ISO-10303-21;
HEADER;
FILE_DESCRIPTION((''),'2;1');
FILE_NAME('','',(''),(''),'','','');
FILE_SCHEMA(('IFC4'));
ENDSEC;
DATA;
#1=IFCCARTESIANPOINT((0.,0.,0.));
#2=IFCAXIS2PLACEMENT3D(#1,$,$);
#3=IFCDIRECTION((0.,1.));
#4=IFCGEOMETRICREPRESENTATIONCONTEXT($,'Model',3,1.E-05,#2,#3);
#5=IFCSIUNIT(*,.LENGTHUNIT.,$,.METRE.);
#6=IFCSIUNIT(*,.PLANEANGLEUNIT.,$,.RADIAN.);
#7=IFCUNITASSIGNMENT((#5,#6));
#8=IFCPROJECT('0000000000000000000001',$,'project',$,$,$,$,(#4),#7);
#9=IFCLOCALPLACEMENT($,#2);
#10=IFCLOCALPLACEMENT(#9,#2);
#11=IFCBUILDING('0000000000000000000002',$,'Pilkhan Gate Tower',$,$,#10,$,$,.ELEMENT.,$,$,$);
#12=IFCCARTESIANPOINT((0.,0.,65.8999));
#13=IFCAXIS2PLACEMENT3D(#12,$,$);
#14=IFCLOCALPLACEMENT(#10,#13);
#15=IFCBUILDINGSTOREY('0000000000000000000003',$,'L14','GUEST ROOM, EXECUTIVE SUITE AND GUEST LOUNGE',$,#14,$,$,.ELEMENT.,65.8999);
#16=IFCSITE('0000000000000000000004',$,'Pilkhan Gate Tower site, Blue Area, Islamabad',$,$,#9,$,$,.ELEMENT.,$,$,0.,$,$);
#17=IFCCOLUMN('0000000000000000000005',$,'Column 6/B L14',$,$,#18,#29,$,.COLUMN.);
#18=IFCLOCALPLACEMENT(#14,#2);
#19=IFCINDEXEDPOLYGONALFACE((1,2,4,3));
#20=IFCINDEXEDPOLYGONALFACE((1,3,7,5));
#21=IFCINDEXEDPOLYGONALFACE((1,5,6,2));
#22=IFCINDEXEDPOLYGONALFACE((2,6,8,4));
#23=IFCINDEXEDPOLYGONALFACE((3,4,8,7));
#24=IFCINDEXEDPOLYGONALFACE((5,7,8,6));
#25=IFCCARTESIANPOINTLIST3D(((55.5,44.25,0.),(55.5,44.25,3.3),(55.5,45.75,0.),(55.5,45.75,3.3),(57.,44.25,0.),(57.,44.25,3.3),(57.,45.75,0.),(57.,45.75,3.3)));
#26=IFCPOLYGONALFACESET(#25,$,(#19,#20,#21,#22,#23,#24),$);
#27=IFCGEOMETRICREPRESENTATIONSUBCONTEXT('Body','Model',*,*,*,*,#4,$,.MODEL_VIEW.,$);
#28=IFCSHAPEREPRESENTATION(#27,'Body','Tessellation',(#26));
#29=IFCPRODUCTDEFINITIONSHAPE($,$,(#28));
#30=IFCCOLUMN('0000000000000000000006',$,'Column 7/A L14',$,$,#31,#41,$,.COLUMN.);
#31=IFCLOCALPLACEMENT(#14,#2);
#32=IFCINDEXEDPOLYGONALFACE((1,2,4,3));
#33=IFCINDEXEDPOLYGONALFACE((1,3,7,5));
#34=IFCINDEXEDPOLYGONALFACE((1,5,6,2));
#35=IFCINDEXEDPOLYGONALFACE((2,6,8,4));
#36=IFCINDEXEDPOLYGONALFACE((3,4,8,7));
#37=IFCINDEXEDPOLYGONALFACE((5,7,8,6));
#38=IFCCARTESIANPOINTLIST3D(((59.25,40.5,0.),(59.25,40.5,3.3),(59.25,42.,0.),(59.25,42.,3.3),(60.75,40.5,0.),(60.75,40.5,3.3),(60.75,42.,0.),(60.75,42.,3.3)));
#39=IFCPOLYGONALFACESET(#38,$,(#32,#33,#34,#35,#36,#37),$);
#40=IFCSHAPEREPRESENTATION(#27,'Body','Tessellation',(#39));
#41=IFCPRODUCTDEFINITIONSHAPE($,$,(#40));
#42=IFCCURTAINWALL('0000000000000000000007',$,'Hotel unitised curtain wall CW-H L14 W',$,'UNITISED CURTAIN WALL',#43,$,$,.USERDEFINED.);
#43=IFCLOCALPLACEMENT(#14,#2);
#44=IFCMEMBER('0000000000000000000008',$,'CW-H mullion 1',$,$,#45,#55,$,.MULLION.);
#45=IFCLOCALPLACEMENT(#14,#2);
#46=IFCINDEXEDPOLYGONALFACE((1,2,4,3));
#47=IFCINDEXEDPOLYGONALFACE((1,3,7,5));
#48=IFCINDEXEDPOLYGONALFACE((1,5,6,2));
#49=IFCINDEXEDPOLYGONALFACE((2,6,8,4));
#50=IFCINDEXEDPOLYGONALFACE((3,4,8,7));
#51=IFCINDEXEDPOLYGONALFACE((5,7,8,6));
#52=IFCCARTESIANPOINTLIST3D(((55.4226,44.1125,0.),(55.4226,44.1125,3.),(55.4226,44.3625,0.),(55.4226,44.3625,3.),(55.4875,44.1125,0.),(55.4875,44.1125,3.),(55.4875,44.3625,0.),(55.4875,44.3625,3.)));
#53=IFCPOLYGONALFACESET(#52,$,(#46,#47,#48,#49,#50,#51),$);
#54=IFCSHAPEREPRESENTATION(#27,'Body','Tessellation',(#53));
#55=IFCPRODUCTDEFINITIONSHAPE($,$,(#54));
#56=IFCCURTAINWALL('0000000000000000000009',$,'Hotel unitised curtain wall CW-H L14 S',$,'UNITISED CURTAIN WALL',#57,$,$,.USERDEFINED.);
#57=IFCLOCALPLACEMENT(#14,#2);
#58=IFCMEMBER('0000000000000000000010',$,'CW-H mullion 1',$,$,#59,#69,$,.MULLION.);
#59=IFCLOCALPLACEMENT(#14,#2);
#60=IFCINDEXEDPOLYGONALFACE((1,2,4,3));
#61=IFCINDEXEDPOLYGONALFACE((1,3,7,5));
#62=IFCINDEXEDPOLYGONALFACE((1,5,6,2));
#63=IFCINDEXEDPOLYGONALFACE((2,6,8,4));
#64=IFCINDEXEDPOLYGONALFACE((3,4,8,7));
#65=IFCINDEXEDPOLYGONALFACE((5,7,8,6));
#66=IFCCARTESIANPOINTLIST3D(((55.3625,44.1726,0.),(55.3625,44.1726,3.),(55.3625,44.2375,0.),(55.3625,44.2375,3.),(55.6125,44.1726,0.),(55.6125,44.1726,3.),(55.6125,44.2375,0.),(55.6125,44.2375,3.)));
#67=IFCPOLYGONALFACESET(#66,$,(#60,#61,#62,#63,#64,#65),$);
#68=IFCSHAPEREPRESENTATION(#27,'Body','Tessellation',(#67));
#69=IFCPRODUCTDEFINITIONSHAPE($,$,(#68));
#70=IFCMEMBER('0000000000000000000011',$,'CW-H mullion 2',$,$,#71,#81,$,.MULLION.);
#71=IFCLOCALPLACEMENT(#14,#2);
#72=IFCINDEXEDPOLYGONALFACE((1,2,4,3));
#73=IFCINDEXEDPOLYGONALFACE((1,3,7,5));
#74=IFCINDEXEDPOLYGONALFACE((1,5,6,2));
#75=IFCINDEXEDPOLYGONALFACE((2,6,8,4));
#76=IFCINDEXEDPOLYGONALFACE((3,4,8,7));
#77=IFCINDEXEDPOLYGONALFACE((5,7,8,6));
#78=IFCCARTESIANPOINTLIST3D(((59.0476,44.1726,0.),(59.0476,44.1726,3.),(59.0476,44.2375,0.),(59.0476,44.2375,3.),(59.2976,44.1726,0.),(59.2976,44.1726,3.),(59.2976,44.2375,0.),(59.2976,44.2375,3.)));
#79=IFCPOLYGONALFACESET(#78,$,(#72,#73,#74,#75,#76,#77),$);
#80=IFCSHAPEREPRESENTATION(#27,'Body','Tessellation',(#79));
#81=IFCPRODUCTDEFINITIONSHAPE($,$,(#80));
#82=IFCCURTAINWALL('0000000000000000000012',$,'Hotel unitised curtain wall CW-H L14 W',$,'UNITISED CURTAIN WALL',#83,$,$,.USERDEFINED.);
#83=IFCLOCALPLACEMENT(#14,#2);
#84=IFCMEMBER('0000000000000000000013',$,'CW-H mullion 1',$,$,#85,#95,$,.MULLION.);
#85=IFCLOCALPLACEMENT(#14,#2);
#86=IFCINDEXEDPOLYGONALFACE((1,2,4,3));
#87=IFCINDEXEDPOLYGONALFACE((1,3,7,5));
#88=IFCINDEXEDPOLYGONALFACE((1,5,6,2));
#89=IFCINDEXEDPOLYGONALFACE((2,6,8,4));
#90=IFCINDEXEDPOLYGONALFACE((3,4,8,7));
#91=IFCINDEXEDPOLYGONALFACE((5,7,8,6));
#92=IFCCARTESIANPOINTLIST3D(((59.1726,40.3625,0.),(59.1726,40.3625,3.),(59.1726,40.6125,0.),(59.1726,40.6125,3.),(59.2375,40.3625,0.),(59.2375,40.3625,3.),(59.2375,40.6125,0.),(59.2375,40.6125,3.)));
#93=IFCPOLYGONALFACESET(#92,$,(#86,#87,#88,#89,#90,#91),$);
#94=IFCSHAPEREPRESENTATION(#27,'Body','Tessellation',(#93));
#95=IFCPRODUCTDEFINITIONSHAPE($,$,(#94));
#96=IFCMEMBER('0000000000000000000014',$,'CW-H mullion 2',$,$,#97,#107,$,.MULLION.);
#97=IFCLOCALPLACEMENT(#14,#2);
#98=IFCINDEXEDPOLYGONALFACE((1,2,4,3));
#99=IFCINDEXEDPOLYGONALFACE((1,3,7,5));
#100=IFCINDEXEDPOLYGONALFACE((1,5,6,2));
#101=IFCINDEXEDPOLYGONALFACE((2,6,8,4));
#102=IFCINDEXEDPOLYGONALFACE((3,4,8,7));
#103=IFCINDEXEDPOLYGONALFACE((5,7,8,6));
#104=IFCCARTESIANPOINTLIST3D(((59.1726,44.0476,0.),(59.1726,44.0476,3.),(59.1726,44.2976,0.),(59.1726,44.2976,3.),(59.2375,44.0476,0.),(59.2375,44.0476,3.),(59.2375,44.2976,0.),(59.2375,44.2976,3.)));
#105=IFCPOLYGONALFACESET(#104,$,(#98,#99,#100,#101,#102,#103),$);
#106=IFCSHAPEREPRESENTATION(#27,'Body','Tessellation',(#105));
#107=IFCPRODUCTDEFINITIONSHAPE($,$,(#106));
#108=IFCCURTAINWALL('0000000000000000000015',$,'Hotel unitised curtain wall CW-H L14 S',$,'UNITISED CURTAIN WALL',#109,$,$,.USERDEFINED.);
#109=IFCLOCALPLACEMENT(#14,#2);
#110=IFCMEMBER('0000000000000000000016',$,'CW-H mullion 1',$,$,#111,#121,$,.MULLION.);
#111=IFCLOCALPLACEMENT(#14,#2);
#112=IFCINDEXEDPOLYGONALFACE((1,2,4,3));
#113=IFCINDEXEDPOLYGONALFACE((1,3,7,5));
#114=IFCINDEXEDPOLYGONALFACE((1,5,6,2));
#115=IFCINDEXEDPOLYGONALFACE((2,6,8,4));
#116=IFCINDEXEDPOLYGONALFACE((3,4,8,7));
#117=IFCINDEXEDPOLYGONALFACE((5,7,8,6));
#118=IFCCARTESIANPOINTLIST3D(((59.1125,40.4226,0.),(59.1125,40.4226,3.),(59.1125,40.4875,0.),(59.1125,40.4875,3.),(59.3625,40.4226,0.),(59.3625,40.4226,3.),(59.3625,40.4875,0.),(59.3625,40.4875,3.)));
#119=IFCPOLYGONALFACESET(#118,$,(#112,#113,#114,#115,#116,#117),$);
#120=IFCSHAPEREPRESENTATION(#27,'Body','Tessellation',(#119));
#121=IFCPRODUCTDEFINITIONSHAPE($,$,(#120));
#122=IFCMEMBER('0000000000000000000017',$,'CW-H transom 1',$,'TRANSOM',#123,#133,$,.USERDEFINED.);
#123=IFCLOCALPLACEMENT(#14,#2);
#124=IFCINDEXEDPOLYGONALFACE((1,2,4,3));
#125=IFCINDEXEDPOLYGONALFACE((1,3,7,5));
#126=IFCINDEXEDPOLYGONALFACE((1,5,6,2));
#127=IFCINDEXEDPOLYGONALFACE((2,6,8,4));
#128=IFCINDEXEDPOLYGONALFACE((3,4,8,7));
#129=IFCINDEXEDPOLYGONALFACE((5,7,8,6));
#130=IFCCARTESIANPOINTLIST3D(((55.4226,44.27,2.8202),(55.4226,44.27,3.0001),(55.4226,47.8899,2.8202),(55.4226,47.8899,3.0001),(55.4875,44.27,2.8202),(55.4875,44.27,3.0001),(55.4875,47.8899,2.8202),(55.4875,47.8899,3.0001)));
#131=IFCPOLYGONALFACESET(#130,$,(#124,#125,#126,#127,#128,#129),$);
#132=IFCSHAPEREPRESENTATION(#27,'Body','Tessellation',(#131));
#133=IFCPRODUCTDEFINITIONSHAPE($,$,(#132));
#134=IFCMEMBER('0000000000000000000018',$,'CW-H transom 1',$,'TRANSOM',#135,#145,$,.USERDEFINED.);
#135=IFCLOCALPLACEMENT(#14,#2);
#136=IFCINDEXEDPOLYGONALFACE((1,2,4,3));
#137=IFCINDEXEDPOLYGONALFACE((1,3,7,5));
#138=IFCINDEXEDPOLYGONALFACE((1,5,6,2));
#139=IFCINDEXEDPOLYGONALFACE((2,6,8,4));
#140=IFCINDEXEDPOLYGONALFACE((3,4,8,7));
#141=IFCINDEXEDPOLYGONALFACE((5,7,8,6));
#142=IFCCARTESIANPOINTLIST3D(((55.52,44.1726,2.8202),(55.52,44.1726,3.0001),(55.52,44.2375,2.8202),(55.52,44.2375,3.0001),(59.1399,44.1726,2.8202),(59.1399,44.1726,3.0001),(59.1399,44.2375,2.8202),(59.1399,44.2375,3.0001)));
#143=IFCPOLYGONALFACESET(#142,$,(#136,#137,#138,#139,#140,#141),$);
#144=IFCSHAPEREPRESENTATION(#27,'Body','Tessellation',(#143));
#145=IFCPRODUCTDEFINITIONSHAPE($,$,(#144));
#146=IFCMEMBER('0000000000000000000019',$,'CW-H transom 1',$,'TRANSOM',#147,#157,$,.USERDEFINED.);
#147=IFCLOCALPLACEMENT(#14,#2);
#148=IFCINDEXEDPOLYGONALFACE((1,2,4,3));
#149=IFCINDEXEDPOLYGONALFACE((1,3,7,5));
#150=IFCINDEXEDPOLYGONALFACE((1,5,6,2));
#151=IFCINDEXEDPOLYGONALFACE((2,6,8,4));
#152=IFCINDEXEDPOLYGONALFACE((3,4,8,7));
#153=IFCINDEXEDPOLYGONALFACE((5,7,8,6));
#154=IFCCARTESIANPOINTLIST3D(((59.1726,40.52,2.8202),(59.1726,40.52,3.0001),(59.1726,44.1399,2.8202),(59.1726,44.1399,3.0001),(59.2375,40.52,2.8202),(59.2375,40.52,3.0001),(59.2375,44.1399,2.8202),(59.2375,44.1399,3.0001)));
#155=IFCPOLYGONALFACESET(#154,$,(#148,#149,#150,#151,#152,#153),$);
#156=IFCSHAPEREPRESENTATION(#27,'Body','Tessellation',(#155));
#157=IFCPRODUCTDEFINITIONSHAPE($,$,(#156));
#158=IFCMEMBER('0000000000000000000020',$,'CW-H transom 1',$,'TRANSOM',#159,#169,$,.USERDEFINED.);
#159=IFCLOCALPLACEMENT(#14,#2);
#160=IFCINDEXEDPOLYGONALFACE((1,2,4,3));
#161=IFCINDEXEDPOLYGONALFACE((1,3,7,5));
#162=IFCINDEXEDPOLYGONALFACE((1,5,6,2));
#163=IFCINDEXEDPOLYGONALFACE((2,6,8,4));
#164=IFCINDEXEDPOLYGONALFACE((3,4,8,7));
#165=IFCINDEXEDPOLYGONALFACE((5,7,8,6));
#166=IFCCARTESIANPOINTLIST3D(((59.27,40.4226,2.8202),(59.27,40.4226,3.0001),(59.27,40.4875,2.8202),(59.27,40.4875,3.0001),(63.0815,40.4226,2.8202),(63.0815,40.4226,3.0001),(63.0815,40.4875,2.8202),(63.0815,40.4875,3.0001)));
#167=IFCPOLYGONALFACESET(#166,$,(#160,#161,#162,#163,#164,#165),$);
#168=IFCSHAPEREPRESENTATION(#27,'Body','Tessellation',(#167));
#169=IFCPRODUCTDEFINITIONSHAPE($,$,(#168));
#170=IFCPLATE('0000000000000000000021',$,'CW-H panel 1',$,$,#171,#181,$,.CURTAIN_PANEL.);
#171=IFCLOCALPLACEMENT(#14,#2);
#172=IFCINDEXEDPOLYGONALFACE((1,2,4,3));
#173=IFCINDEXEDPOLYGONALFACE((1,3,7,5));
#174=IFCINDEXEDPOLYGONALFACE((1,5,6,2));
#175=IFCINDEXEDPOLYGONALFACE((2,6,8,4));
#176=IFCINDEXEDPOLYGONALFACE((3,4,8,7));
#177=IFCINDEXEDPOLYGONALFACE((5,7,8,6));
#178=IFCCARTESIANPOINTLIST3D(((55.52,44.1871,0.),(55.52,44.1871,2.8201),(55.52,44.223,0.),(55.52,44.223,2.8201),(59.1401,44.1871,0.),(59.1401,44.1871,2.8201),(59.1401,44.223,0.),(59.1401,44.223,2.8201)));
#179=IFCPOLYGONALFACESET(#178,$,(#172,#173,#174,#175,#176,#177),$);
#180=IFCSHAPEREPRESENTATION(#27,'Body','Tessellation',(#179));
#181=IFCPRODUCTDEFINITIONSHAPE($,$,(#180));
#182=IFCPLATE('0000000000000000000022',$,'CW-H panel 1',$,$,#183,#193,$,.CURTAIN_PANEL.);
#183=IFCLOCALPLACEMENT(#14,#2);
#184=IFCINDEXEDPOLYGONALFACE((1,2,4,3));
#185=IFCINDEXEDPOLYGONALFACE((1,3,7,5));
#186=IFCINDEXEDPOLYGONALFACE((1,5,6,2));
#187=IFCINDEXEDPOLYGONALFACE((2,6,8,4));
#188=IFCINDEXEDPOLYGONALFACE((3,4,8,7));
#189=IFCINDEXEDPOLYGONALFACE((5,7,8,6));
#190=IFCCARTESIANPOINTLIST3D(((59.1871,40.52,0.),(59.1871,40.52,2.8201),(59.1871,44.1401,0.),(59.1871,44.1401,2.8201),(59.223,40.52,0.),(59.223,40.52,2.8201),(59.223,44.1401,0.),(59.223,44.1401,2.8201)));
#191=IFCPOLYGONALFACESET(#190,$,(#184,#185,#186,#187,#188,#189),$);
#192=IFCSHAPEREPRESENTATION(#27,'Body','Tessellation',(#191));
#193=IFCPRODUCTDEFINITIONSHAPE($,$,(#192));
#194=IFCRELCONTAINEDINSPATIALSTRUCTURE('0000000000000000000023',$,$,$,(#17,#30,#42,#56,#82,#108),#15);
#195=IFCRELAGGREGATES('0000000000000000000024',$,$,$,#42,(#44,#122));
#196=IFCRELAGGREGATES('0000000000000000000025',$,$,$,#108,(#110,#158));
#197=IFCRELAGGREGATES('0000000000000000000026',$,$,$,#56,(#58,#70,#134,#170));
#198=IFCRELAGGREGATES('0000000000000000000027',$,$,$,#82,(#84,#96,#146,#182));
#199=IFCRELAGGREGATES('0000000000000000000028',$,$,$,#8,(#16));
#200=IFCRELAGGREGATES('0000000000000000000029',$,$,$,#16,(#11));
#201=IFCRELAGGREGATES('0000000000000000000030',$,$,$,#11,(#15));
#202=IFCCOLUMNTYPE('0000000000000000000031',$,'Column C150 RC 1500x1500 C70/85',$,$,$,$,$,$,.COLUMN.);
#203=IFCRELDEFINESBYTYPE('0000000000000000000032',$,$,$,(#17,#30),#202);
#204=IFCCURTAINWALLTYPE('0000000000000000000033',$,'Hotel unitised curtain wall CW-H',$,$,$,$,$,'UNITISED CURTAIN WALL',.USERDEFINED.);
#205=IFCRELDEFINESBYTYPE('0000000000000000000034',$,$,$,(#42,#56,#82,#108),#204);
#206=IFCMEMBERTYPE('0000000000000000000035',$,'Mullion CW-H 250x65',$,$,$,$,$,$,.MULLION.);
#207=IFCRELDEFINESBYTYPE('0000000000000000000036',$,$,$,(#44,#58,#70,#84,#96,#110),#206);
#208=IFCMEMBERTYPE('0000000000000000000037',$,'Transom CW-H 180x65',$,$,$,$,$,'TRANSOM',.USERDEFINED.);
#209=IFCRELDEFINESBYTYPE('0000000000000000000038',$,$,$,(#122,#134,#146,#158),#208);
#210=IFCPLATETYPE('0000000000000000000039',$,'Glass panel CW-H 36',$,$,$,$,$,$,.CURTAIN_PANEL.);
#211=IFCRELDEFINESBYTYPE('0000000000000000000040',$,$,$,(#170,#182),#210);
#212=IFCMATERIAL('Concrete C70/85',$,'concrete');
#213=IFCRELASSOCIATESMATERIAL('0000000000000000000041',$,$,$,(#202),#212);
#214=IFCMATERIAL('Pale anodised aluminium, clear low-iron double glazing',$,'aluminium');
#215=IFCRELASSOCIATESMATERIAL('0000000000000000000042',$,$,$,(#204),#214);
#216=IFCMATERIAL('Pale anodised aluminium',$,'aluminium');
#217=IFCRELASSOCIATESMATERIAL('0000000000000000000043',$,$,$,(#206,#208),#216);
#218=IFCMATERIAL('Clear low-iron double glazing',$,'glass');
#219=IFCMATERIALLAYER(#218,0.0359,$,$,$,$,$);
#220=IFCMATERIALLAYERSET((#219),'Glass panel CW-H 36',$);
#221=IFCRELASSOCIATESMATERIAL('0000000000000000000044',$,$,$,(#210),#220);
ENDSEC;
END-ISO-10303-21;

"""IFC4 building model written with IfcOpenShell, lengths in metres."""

from ifc_helpers import new_model, si_unit, direction, frame, origin, origin_2d, place, context, subcontext, project, spatial, rectangle, extrude, material, layer, layer_set, material_profile, profile_set, type_object, element, aggregate, save


model = new_model("IFC4")

# Units and contexts
model_context = context("Model", 3, precision=1e-05, world=origin(), true_north=direction((0.0, 1.0)))
body_context = subcontext(model_context, "Body", "Model", "MODEL_VIEW")
ifc_project = project(units=[si_unit("LENGTHUNIT", "METRE"), si_unit("PLANEANGLEUNIT", "RADIAN")], contexts=[model_context])

# Site, building, storey
site_placement = place(None, origin())
site = spatial("IfcSite", under=ifc_project, at=site_placement, Name="Pilkhan Gate Tower site, Blue Area, Islamabad", CompositionType="ELEMENT", RefElevation=0.0)
building_placement = place(site_placement, origin())
building = spatial("IfcBuilding", under=site, at=building_placement, Name="Pilkhan Gate Tower", CompositionType="ELEMENT")
storey_placement = place(building_placement, frame((0.0, 0.0, 65.8999)))
storey = spatial("IfcBuildingStorey", under=building, at=storey_placement, Name="L14", Description="GUEST ROOM, EXECUTIVE SUITE AND GUEST LOUNGE", CompositionType="ELEMENT", Elevation=65.8999)

# Columns
ifc_material_1 = material(Name="Concrete C70/85", Category="concrete")
ifc_material_profile_1 = material_profile(ifc_material_1, rectangle(XDim=1.5, YDim=1.5, at=origin_2d()), Name="RC 1500x1500")
ifc_profile_set_1 = profile_set([ifc_material_profile_1], Name="Concrete C70/85")
column_type = type_object("IfcColumnType", Name="Column C150 RC 1500x1500 C70/85", PredefinedType="COLUMN", material=ifc_profile_set_1)
for number, where, z_axis, x_axis, name in (
    (1, (56.25, 45.0, 0.0), (0.0, 0.0, 1.0), (1.0, 0.0, 0.0), "Column 6/B L14"),
    (2, (60.0, 41.25, 0.0), (0.0, 0.0, 1.0), (1.0, 0.0, 0.0), "Column 7/A L14"),
):
    element("IfcColumn", number, at=place(storey_placement, frame(where, z_axis=z_axis, x_axis=x_axis)), inside=storey, type_object=column_type, Name=name, PredefinedType="COLUMN", context=body_context, shape_type="SweptSolid", body=[
        extrude(rectangle(XDim=1.5, YDim=1.5, at=origin_2d()), origin(), (0.0, 0.0, 1.0), 3.3),
    ])

# Curtain wall, member
ifc_material_2 = material(Name="Pale anodised aluminium, clear low-iron double glazing", Category="aluminium")
curtain_wall_type = type_object("IfcCurtainWallType", Name="Hotel unitised curtain wall CW-H", ElementType="UNITISED CURTAIN WALL", PredefinedType="USERDEFINED", material=ifc_material_2)
curtain_wall_1_placement = place(storey_placement, origin())
curtain_wall_1 = element("IfcCurtainWall", 3, at=curtain_wall_1_placement, inside=storey, type_object=curtain_wall_type, Name="Hotel unitised curtain wall CW-H L14 W", ObjectType="UNITISED CURTAIN WALL", PredefinedType="USERDEFINED")
ifc_material_3 = material(Name="Pale anodised aluminium", Category="aluminium")
ifc_material_profile_2 = material_profile(ifc_material_3, rectangle(XDim=0.0649, YDim=0.25, at=origin_2d()), Name="Mullion 250x65")
ifc_profile_set_2 = profile_set([ifc_material_profile_2], Name="Pale anodised aluminium")
member_type_1 = type_object("IfcMemberType", Name="Mullion CW-H 250x65", PredefinedType="MULLION", material=ifc_profile_set_2)
member_1_placement = place(storey_placement, frame((55.4551, 44.2375, 0.0), z_axis=(0.0, 0.0, 1.0), x_axis=(-1.0, 0.0, 0.0)))
member_1 = element("IfcMember", 4, at=member_1_placement, type_object=member_type_1, Name="CW-H mullion 1", PredefinedType="MULLION", context=body_context, shape_type="SweptSolid", body=[
    extrude(rectangle(XDim=0.0649, YDim=0.25, at=origin_2d()), origin(), (0.0, 0.0, 1.0), 3.0),
])

# Curtain walls, members
curtain_wall_2_placement = place(storey_placement, origin())
curtain_wall_2 = element("IfcCurtainWall", 5, at=curtain_wall_2_placement, inside=storey, type_object=curtain_wall_type, Name="Hotel unitised curtain wall CW-H L14 S", ObjectType="UNITISED CURTAIN WALL", PredefinedType="USERDEFINED")
member_2_placement = place(storey_placement, frame((55.4875, 44.2051, 0.0), z_axis=(0.0, 0.0, 1.0), x_axis=(0.0, 1.0, 0.0)))
member_2 = element("IfcMember", 6, at=member_2_placement, type_object=member_type_1, Name="CW-H mullion 1", PredefinedType="MULLION", context=body_context, shape_type="SweptSolid", body=[
    extrude(rectangle(XDim=0.0649, YDim=0.25, at=origin_2d()), origin(), (0.0, 0.0, 1.0), 3.0),
])
member_3_placement = place(storey_placement, frame((59.1726, 44.2051, 0.0), z_axis=(0.0, 0.0, 1.0), x_axis=(0.0, 1.0, 0.0)))
member_3 = element("IfcMember", 7, at=member_3_placement, type_object=member_type_1, Name="CW-H mullion 2", PredefinedType="MULLION", context=body_context, shape_type="SweptSolid", body=[
    extrude(rectangle(XDim=0.0649, YDim=0.25, at=origin_2d()), origin(), (0.0, 0.0, 1.0), 3.0),
])
curtain_wall_3_placement = place(storey_placement, origin())
curtain_wall_3 = element("IfcCurtainWall", 8, at=curtain_wall_3_placement, inside=storey, type_object=curtain_wall_type, Name="Hotel unitised curtain wall CW-H L14 W", ObjectType="UNITISED CURTAIN WALL", PredefinedType="USERDEFINED")
member_4_placement = place(storey_placement, frame((59.2051, 40.4875, 0.0), z_axis=(0.0, 0.0, 1.0), x_axis=(-1.0, 0.0, 0.0)))
member_4 = element("IfcMember", 9, at=member_4_placement, type_object=member_type_1, Name="CW-H mullion 1", PredefinedType="MULLION", context=body_context, shape_type="SweptSolid", body=[
    extrude(rectangle(XDim=0.0649, YDim=0.25, at=origin_2d()), origin(), (0.0, 0.0, 1.0), 3.0),
])
member_5_placement = place(storey_placement, frame((59.2051, 44.1726, 0.0), z_axis=(0.0, 0.0, 1.0), x_axis=(-1.0, 0.0, 0.0)))
member_5 = element("IfcMember", 10, at=member_5_placement, type_object=member_type_1, Name="CW-H mullion 2", PredefinedType="MULLION", context=body_context, shape_type="SweptSolid", body=[
    extrude(rectangle(XDim=0.0649, YDim=0.25, at=origin_2d()), origin(), (0.0, 0.0, 1.0), 3.0),
])

# Curtain wall, member
curtain_wall_4_placement = place(storey_placement, origin())
curtain_wall_4 = element("IfcCurtainWall", 11, at=curtain_wall_4_placement, inside=storey, type_object=curtain_wall_type, Name="Hotel unitised curtain wall CW-H L14 S", ObjectType="UNITISED CURTAIN WALL", PredefinedType="USERDEFINED")
member_6_placement = place(storey_placement, frame((59.2375, 40.4551, 0.0), z_axis=(0.0, 0.0, 1.0), x_axis=(0.0, 1.0, 0.0)))
member_6 = element("IfcMember", 12, at=member_6_placement, type_object=member_type_1, Name="CW-H mullion 1", PredefinedType="MULLION", context=body_context, shape_type="SweptSolid", body=[
    extrude(rectangle(XDim=0.0649, YDim=0.25, at=origin_2d()), origin(), (0.0, 0.0, 1.0), 3.0),
])

# Members
ifc_material_profile_3 = material_profile(ifc_material_3, rectangle(XDim=0.0649, YDim=0.1799, at=origin_2d()), Name="Transom 180x65")
ifc_profile_set_3 = profile_set([ifc_material_profile_3], Name="Pale anodised aluminium")
member_type_2 = type_object("IfcMemberType", Name="Transom CW-H 180x65", ElementType="TRANSOM", PredefinedType="USERDEFINED", material=ifc_profile_set_3)
member_7_placement = place(storey_placement, frame((55.4551, 44.27, 2.9102), z_axis=(0.0, 1.0, 0.0), x_axis=(-1.0, 0.0, 0.0)))
member_7 = element("IfcMember", 13, at=member_7_placement, type_object=member_type_2, Name="CW-H transom 1", ObjectType="TRANSOM", PredefinedType="USERDEFINED", context=body_context, shape_type="SweptSolid", body=[
    extrude(rectangle(XDim=0.0649, YDim=0.1799, at=origin_2d()), origin(), (0.0, 0.0, 1.0), 3.6199),
])
aggregate(curtain_wall_1, [member_1, member_7])
member_8_placement = place(storey_placement, frame((55.52, 44.2051, 2.9102), z_axis=(1.0, 0.0, 0.0), x_axis=(0.0, 1.0, 0.0)))
member_8 = element("IfcMember", 14, at=member_8_placement, type_object=member_type_2, Name="CW-H transom 1", ObjectType="TRANSOM", PredefinedType="USERDEFINED", context=body_context, shape_type="SweptSolid", body=[
    extrude(rectangle(XDim=0.0649, YDim=0.1799, at=origin_2d()), origin(), (0.0, 0.0, 1.0), 3.6199),
])
member_9_placement = place(storey_placement, frame((59.2051, 40.52, 2.9102), z_axis=(0.0, 1.0, 0.0), x_axis=(-1.0, 0.0, 0.0)))
member_9 = element("IfcMember", 15, at=member_9_placement, type_object=member_type_2, Name="CW-H transom 1", ObjectType="TRANSOM", PredefinedType="USERDEFINED", context=body_context, shape_type="SweptSolid", body=[
    extrude(rectangle(XDim=0.0649, YDim=0.1799, at=origin_2d()), origin(), (0.0, 0.0, 1.0), 3.6199),
])
member_10_placement = place(storey_placement, frame((59.27, 40.4551, 2.9102), z_axis=(1.0, 0.0, 0.0), x_axis=(0.0, 1.0, 0.0)))
member_10 = element("IfcMember", 16, at=member_10_placement, type_object=member_type_2, Name="CW-H transom 1", ObjectType="TRANSOM", PredefinedType="USERDEFINED", context=body_context, shape_type="SweptSolid", body=[
    extrude(rectangle(XDim=0.0649, YDim=0.1799, at=origin_2d()), origin(), (0.0, 0.0, 1.0), 3.8115),
])
aggregate(curtain_wall_4, [member_6, member_10])

# Plates
ifc_material_4 = material(Name="Clear low-iron double glazing", Category="glass")
ifc_layer_1 = layer(ifc_material_4, 0.0359)
ifc_layer_set_1 = layer_set([ifc_layer_1], Name="Glass panel CW-H 36")
plate_type = type_object("IfcPlateType", Name="Glass panel CW-H 36", PredefinedType="CURTAIN_PANEL", material=ifc_layer_set_1)
plate_1_placement = place(storey_placement, frame((57.3301, 44.2051, 0.0), z_axis=(0.0, 0.0, 1.0), x_axis=(1.0, 0.0, 0.0)))
plate_1 = element("IfcPlate", 17, at=plate_1_placement, type_object=plate_type, Name="CW-H panel 1", PredefinedType="CURTAIN_PANEL", context=body_context, shape_type="SweptSolid", body=[
    extrude(rectangle(XDim=3.6201, YDim=0.0359, at=origin_2d()), origin(), (0.0, 0.0, 1.0), 2.8201),
])
aggregate(curtain_wall_2, [member_2, member_3, member_8, plate_1])
plate_2_placement = place(storey_placement, frame((59.2051, 42.3301, 0.0), z_axis=(0.0, 0.0, 1.0), x_axis=(0.0, 1.0, 0.0)))
plate_2 = element("IfcPlate", 18, at=plate_2_placement, type_object=plate_type, Name="CW-H panel 1", PredefinedType="CURTAIN_PANEL", context=body_context, shape_type="SweptSolid", body=[
    extrude(rectangle(XDim=3.6201, YDim=0.0359, at=origin_2d()), origin(), (0.0, 0.0, 1.0), 2.8201),
])
aggregate(curtain_wall_3, [member_4, member_5, member_9, plate_2])

save(model, "model.ifc")
